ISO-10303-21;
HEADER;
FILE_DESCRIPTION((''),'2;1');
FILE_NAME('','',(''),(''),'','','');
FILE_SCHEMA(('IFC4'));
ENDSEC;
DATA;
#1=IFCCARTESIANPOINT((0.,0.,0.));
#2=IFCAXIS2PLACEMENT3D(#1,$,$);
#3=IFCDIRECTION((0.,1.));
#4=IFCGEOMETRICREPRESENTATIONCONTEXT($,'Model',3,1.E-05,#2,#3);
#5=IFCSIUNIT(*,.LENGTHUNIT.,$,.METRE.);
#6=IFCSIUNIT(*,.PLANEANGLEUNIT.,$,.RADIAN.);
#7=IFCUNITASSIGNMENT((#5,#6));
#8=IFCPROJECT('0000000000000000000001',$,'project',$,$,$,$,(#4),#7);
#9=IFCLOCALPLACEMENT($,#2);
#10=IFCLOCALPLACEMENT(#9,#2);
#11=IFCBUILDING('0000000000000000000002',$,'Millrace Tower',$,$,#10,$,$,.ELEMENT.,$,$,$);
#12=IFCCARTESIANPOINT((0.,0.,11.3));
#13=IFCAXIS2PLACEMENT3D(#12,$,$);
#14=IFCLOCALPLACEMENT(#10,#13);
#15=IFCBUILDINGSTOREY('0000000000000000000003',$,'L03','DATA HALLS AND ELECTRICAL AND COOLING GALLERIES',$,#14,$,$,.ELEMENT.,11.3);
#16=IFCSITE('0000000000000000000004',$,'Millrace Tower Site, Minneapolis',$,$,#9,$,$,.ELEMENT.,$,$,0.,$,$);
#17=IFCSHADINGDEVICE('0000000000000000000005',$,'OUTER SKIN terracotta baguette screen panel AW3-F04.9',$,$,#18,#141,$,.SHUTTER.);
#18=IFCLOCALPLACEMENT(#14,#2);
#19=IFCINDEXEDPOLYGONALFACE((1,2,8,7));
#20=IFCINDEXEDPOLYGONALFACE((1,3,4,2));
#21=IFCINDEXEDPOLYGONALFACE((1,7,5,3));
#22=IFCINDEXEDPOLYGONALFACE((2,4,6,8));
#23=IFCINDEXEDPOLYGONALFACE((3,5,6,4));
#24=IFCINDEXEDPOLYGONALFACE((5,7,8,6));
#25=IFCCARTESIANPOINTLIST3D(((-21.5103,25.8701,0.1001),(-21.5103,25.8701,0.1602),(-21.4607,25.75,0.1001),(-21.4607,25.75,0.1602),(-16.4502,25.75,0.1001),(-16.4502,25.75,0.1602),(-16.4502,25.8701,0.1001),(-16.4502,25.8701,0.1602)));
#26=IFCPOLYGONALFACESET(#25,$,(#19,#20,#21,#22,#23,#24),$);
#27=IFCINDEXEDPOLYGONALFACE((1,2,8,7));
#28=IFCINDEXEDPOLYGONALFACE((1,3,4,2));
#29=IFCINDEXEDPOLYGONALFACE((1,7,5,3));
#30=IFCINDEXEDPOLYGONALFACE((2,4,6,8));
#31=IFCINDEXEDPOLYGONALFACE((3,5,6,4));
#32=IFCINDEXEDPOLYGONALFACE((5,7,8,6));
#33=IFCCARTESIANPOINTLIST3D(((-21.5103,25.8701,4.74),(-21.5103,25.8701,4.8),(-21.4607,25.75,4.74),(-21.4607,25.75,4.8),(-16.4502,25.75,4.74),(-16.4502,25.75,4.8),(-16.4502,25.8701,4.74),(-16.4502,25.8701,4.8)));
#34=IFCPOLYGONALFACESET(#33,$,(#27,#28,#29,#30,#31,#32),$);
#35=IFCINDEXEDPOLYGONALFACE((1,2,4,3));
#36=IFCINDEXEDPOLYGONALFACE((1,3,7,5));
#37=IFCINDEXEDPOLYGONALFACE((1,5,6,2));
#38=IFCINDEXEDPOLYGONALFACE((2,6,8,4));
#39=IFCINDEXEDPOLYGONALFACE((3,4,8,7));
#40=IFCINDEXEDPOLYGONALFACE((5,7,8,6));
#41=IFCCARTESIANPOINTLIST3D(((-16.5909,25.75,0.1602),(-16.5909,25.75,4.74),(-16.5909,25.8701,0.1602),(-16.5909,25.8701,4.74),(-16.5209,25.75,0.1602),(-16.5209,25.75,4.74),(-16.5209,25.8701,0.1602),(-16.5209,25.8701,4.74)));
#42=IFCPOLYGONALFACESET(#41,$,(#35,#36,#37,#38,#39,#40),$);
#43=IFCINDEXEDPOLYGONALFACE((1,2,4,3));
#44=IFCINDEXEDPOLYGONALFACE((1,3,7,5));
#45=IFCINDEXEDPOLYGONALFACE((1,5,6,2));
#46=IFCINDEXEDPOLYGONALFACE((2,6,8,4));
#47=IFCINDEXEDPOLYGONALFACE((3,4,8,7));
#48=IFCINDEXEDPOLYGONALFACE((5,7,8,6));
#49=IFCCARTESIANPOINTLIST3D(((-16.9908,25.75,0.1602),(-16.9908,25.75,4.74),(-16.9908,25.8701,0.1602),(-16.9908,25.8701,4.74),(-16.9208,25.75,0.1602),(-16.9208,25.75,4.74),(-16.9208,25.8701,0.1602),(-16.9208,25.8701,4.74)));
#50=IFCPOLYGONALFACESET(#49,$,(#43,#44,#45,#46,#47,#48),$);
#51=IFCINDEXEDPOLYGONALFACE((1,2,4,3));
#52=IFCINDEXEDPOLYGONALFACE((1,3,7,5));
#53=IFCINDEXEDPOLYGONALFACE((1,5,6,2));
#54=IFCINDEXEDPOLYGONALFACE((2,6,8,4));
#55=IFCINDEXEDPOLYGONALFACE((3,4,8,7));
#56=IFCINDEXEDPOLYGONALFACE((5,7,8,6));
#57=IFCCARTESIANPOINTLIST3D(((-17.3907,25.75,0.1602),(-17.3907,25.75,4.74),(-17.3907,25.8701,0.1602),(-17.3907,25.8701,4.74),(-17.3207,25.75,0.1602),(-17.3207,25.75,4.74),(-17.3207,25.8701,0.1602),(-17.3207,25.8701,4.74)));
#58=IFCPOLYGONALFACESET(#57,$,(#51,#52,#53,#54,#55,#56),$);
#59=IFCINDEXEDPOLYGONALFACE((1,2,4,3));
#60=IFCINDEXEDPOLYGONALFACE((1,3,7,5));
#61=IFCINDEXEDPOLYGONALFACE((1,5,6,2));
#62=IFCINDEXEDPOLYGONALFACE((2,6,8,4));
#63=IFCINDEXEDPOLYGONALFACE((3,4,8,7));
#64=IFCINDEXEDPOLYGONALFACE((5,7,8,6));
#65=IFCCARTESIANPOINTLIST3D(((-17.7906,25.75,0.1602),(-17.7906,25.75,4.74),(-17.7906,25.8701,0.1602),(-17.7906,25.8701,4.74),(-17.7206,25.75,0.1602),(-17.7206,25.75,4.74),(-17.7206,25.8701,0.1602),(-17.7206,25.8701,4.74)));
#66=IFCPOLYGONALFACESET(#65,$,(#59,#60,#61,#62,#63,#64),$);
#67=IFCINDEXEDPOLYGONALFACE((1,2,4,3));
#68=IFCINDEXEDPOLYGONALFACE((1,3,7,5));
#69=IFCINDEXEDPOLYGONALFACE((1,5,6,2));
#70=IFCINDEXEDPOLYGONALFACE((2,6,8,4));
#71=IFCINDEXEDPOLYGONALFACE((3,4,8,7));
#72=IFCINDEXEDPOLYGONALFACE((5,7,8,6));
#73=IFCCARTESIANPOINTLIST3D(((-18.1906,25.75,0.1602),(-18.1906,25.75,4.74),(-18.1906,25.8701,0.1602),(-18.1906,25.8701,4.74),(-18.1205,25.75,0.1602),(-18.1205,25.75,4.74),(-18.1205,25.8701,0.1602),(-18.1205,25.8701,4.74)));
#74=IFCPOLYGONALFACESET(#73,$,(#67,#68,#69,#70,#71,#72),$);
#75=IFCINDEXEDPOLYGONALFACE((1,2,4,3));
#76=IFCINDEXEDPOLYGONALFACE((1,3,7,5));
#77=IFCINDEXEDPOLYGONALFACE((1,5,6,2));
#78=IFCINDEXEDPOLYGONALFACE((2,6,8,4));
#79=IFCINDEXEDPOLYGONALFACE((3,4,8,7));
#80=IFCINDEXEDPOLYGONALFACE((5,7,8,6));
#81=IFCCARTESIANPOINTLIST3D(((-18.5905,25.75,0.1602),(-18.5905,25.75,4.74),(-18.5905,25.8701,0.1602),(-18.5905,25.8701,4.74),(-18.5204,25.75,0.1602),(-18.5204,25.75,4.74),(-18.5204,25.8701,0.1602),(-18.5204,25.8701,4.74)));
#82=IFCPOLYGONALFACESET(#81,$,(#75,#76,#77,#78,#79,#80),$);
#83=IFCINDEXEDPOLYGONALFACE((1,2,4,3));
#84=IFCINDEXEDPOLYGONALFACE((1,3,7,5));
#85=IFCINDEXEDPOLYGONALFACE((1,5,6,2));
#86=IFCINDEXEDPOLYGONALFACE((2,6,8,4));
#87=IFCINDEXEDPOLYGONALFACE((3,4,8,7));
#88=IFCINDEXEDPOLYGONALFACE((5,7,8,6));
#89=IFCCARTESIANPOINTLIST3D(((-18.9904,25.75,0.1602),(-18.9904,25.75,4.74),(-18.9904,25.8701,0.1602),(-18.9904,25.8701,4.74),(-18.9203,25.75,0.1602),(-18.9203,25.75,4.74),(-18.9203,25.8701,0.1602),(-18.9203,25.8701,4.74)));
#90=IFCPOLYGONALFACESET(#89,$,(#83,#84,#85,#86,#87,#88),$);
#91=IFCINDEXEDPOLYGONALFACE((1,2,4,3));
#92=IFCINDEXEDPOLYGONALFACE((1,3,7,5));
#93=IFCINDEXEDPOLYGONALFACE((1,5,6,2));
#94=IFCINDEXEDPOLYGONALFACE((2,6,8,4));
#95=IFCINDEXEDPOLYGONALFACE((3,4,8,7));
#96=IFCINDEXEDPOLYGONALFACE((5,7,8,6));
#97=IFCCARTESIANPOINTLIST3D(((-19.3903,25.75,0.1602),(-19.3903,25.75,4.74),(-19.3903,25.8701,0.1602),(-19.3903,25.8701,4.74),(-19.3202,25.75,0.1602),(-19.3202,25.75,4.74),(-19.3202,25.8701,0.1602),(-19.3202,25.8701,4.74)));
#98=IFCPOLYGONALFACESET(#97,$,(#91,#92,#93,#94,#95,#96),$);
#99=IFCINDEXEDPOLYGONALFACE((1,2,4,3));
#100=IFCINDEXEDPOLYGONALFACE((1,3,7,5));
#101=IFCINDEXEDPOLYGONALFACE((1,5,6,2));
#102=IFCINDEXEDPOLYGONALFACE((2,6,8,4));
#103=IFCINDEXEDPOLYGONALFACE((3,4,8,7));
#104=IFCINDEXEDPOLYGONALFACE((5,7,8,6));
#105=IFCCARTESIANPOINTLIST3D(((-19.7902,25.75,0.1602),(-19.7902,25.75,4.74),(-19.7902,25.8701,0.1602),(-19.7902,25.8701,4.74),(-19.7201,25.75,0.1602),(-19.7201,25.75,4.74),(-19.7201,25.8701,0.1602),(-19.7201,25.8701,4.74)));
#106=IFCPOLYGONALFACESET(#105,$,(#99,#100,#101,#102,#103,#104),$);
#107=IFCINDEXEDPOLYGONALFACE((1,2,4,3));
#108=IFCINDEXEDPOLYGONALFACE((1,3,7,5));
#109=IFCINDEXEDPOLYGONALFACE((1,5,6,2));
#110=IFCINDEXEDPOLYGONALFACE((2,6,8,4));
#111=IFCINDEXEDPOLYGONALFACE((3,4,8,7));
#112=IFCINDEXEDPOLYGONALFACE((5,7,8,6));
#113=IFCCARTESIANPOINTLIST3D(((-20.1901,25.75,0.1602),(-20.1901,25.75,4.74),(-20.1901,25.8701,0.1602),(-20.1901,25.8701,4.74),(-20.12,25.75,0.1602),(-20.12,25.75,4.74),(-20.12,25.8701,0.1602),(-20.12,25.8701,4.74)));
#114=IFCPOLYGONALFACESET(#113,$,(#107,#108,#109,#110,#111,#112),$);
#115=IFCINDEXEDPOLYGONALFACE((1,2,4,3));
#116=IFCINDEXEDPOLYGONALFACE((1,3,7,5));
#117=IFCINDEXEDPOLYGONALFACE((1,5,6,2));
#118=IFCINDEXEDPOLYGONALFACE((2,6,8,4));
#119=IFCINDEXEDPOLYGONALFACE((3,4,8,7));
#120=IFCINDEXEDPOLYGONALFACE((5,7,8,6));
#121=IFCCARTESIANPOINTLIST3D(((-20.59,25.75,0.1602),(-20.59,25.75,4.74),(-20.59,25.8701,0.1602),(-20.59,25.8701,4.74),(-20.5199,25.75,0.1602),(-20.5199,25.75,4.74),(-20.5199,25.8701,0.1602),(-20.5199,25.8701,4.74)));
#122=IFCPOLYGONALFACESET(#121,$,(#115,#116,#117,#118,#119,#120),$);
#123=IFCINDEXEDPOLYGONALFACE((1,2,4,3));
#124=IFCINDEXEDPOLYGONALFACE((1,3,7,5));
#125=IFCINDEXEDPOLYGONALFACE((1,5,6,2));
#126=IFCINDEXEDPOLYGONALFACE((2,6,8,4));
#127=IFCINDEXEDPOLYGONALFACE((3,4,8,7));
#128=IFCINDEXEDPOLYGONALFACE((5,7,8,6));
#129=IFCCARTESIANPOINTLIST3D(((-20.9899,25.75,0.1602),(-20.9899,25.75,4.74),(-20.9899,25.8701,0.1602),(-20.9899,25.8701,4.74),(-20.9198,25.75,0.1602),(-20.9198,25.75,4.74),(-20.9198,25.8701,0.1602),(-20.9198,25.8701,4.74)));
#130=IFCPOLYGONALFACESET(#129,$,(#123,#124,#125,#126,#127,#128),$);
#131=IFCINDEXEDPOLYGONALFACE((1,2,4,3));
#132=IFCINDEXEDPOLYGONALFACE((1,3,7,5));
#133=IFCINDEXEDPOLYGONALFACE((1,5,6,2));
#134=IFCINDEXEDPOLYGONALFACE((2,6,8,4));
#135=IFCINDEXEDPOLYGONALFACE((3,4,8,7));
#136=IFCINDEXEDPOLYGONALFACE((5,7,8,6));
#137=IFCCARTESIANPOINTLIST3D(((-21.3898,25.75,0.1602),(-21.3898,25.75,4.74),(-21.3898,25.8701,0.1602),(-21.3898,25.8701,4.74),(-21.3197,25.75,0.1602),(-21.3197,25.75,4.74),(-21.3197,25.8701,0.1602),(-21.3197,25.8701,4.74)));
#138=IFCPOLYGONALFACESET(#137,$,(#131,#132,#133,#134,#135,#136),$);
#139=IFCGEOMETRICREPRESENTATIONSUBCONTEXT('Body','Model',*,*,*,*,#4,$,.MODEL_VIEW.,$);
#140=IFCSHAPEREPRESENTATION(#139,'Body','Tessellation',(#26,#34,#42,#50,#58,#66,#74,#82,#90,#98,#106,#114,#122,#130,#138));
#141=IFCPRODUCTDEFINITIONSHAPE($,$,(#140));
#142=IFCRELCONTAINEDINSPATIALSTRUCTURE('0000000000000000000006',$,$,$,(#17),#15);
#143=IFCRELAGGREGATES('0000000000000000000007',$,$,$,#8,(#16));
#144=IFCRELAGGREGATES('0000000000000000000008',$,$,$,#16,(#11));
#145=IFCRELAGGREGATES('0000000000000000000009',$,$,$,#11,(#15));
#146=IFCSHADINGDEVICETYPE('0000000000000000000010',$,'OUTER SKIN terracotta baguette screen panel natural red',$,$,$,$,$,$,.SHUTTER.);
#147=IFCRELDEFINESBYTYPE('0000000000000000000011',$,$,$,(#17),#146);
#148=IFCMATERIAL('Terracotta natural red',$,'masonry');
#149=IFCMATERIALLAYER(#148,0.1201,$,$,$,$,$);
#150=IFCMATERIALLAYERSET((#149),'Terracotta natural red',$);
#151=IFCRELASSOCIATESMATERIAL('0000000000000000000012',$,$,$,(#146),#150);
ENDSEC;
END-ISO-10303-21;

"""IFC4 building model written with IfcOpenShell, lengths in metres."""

from ifc_helpers import new_model, entity, si_unit, direction, frame, frame_2d, origin, place, context, subcontext, project, spatial, rectangle, extrude, source, transform, mapped, material, layer, layer_set, type_object, element, save


model = new_model("IFC4")

# Units and contexts
model_context = context("Model", 3, precision=1e-05, world=origin(), true_north=direction((0.0, 1.0)))
body_context = subcontext(model_context, "Body", "Model", "MODEL_VIEW")
ifc_project = project(units=[si_unit("LENGTHUNIT", "METRE"), si_unit("PLANEANGLEUNIT", "RADIAN")], contexts=[model_context])

# Site, building, storey
site_placement = place(None, origin())
site = spatial("IfcSite", under=ifc_project, at=site_placement, Name="Millrace Tower Site, Minneapolis", CompositionType="ELEMENT", RefElevation=0.0)
building_placement = place(site_placement, origin())
building = spatial("IfcBuilding", under=site, at=building_placement, Name="Millrace Tower", CompositionType="ELEMENT")
storey_placement = place(building_placement, frame((0.0, 0.0, 11.3)))
storey = spatial("IfcBuildingStorey", under=building, at=storey_placement, Name="L03", Description="DATA HALLS AND ELECTRICAL AND COOLING GALLERIES", CompositionType="ELEMENT", Elevation=11.3)

# Shading device
ifc_material_1 = material(Name="Terracotta natural red", Category="masonry")
ifc_layer_1 = layer(ifc_material_1, 0.1201)
ifc_layer_set_1 = layer_set([ifc_layer_1], Name="Terracotta natural red")
shading_device_type_1 = type_object("IfcShadingDeviceType", Name="OUTER SKIN terracotta baguette screen panel natural red", PredefinedType="SHUTTER", material=ifc_layer_set_1)
cartesian_point_1 = entity("IfcCartesianPoint", [-2.5176, 0.0601])
shared_polyline_1 = entity("IfcPolyline", [cartesian_point_1, entity("IfcCartesianPoint", [2.4929, 0.0601]), entity("IfcCartesianPoint", [2.5425, -0.0601]), entity("IfcCartesianPoint", [-2.5176, -0.0601]), cartesian_point_1])
shared_shape_1 = source(origin(), body_context, "Body", "SweptSolid", [
    entity("IfcExtrudedAreaSolid", entity("IfcArbitraryClosedProfileDef", "AREA", None, shared_polyline_1), entity("IfcAxis2Placement3D", entity("IfcCartesianPoint", [0.0, 0.0, 0.0])), entity("IfcDirection", [0.0, 0.0, 1.0]), 0.0601),
    entity("IfcExtrudedAreaSolid", entity("IfcArbitraryClosedProfileDef", "AREA", None, shared_polyline_1), entity("IfcAxis2Placement3D", entity("IfcCartesianPoint", [0.0, 0.0, 4.6399])), entity("IfcDirection", [0.0, 0.0, 1.0]), 0.0601),
    extrude(rectangle(XDim=0.0701, YDim=0.1201, at=frame_2d((-2.4119, 0.0))), frame((0.0, 0.0, 0.0601)), (0.0, 0.0, 1.0), 4.5798),
    extrude(rectangle(XDim=0.0701, YDim=0.1201, at=frame_2d((-2.012, 0.0))), frame((0.0, 0.0, 0.0601)), (0.0, 0.0, 1.0), 4.5798),
    extrude(rectangle(XDim=0.0701, YDim=0.1201, at=frame_2d((-1.6121, 0.0))), frame((0.0, 0.0, 0.0601)), (0.0, 0.0, 1.0), 4.5798),
    extrude(rectangle(XDim=0.0701, YDim=0.1201, at=frame_2d((-1.2122, 0.0))), frame((0.0, 0.0, 0.0601)), (0.0, 0.0, 1.0), 4.5798),
    extrude(rectangle(XDim=0.0701, YDim=0.1201, at=frame_2d((-0.8123, 0.0))), frame((0.0, 0.0, 0.0601)), (0.0, 0.0, 1.0), 4.5798),
    extrude(rectangle(XDim=0.0701, YDim=0.1201, at=frame_2d((-0.4124, 0.0))), frame((0.0, 0.0, 0.0601)), (0.0, 0.0, 1.0), 4.5798),
    extrude(rectangle(XDim=0.0701, YDim=0.1201, at=frame_2d((-0.0125, 0.0))), frame((0.0, 0.0, 0.0601)), (0.0, 0.0, 1.0), 4.5798),
    extrude(rectangle(XDim=0.0701, YDim=0.1201, at=frame_2d((0.3875, 0.0))), frame((0.0, 0.0, 0.0601)), (0.0, 0.0, 1.0), 4.5798),
    extrude(rectangle(XDim=0.0701, YDim=0.1201, at=frame_2d((0.7874, 0.0))), frame((0.0, 0.0, 0.0601)), (0.0, 0.0, 1.0), 4.5798),
    extrude(rectangle(XDim=0.0701, YDim=0.1201, at=frame_2d((1.1873, 0.0))), frame((0.0, 0.0, 0.0601)), (0.0, 0.0, 1.0), 4.5798),
    extrude(rectangle(XDim=0.0701, YDim=0.1201, at=frame_2d((1.5872, 0.0))), frame((0.0, 0.0, 0.0601)), (0.0, 0.0, 1.0), 4.5798),
    extrude(rectangle(XDim=0.0701, YDim=0.1201, at=frame_2d((1.9871, 0.0))), frame((0.0, 0.0, 0.0601)), (0.0, 0.0, 1.0), 4.5798),
    extrude(rectangle(XDim=0.0701, YDim=0.1201, at=frame_2d((2.387, 0.0))), frame((0.0, 0.0, 0.0601)), (0.0, 0.0, 1.0), 4.5798),
])
shading_device_1_placement = place(storey_placement, frame((-18.9678, 25.8101, 0.1001), z_axis=(0.0, 0.0, 1.0), x_axis=(-1.0, 0.0, 0.0)))
element("IfcShadingDevice", 1, at=shading_device_1_placement, inside=storey, type_object=shading_device_type_1, Name="OUTER SKIN terracotta baguette screen panel AW3-F04.9", PredefinedType="SHUTTER", context=body_context, shape_type="MappedRepresentation", body=[
    mapped(shared_shape_1, transform((0.0, 0.0, 0.0), scale=1.0)),
])

save(model, "model.ifc")
